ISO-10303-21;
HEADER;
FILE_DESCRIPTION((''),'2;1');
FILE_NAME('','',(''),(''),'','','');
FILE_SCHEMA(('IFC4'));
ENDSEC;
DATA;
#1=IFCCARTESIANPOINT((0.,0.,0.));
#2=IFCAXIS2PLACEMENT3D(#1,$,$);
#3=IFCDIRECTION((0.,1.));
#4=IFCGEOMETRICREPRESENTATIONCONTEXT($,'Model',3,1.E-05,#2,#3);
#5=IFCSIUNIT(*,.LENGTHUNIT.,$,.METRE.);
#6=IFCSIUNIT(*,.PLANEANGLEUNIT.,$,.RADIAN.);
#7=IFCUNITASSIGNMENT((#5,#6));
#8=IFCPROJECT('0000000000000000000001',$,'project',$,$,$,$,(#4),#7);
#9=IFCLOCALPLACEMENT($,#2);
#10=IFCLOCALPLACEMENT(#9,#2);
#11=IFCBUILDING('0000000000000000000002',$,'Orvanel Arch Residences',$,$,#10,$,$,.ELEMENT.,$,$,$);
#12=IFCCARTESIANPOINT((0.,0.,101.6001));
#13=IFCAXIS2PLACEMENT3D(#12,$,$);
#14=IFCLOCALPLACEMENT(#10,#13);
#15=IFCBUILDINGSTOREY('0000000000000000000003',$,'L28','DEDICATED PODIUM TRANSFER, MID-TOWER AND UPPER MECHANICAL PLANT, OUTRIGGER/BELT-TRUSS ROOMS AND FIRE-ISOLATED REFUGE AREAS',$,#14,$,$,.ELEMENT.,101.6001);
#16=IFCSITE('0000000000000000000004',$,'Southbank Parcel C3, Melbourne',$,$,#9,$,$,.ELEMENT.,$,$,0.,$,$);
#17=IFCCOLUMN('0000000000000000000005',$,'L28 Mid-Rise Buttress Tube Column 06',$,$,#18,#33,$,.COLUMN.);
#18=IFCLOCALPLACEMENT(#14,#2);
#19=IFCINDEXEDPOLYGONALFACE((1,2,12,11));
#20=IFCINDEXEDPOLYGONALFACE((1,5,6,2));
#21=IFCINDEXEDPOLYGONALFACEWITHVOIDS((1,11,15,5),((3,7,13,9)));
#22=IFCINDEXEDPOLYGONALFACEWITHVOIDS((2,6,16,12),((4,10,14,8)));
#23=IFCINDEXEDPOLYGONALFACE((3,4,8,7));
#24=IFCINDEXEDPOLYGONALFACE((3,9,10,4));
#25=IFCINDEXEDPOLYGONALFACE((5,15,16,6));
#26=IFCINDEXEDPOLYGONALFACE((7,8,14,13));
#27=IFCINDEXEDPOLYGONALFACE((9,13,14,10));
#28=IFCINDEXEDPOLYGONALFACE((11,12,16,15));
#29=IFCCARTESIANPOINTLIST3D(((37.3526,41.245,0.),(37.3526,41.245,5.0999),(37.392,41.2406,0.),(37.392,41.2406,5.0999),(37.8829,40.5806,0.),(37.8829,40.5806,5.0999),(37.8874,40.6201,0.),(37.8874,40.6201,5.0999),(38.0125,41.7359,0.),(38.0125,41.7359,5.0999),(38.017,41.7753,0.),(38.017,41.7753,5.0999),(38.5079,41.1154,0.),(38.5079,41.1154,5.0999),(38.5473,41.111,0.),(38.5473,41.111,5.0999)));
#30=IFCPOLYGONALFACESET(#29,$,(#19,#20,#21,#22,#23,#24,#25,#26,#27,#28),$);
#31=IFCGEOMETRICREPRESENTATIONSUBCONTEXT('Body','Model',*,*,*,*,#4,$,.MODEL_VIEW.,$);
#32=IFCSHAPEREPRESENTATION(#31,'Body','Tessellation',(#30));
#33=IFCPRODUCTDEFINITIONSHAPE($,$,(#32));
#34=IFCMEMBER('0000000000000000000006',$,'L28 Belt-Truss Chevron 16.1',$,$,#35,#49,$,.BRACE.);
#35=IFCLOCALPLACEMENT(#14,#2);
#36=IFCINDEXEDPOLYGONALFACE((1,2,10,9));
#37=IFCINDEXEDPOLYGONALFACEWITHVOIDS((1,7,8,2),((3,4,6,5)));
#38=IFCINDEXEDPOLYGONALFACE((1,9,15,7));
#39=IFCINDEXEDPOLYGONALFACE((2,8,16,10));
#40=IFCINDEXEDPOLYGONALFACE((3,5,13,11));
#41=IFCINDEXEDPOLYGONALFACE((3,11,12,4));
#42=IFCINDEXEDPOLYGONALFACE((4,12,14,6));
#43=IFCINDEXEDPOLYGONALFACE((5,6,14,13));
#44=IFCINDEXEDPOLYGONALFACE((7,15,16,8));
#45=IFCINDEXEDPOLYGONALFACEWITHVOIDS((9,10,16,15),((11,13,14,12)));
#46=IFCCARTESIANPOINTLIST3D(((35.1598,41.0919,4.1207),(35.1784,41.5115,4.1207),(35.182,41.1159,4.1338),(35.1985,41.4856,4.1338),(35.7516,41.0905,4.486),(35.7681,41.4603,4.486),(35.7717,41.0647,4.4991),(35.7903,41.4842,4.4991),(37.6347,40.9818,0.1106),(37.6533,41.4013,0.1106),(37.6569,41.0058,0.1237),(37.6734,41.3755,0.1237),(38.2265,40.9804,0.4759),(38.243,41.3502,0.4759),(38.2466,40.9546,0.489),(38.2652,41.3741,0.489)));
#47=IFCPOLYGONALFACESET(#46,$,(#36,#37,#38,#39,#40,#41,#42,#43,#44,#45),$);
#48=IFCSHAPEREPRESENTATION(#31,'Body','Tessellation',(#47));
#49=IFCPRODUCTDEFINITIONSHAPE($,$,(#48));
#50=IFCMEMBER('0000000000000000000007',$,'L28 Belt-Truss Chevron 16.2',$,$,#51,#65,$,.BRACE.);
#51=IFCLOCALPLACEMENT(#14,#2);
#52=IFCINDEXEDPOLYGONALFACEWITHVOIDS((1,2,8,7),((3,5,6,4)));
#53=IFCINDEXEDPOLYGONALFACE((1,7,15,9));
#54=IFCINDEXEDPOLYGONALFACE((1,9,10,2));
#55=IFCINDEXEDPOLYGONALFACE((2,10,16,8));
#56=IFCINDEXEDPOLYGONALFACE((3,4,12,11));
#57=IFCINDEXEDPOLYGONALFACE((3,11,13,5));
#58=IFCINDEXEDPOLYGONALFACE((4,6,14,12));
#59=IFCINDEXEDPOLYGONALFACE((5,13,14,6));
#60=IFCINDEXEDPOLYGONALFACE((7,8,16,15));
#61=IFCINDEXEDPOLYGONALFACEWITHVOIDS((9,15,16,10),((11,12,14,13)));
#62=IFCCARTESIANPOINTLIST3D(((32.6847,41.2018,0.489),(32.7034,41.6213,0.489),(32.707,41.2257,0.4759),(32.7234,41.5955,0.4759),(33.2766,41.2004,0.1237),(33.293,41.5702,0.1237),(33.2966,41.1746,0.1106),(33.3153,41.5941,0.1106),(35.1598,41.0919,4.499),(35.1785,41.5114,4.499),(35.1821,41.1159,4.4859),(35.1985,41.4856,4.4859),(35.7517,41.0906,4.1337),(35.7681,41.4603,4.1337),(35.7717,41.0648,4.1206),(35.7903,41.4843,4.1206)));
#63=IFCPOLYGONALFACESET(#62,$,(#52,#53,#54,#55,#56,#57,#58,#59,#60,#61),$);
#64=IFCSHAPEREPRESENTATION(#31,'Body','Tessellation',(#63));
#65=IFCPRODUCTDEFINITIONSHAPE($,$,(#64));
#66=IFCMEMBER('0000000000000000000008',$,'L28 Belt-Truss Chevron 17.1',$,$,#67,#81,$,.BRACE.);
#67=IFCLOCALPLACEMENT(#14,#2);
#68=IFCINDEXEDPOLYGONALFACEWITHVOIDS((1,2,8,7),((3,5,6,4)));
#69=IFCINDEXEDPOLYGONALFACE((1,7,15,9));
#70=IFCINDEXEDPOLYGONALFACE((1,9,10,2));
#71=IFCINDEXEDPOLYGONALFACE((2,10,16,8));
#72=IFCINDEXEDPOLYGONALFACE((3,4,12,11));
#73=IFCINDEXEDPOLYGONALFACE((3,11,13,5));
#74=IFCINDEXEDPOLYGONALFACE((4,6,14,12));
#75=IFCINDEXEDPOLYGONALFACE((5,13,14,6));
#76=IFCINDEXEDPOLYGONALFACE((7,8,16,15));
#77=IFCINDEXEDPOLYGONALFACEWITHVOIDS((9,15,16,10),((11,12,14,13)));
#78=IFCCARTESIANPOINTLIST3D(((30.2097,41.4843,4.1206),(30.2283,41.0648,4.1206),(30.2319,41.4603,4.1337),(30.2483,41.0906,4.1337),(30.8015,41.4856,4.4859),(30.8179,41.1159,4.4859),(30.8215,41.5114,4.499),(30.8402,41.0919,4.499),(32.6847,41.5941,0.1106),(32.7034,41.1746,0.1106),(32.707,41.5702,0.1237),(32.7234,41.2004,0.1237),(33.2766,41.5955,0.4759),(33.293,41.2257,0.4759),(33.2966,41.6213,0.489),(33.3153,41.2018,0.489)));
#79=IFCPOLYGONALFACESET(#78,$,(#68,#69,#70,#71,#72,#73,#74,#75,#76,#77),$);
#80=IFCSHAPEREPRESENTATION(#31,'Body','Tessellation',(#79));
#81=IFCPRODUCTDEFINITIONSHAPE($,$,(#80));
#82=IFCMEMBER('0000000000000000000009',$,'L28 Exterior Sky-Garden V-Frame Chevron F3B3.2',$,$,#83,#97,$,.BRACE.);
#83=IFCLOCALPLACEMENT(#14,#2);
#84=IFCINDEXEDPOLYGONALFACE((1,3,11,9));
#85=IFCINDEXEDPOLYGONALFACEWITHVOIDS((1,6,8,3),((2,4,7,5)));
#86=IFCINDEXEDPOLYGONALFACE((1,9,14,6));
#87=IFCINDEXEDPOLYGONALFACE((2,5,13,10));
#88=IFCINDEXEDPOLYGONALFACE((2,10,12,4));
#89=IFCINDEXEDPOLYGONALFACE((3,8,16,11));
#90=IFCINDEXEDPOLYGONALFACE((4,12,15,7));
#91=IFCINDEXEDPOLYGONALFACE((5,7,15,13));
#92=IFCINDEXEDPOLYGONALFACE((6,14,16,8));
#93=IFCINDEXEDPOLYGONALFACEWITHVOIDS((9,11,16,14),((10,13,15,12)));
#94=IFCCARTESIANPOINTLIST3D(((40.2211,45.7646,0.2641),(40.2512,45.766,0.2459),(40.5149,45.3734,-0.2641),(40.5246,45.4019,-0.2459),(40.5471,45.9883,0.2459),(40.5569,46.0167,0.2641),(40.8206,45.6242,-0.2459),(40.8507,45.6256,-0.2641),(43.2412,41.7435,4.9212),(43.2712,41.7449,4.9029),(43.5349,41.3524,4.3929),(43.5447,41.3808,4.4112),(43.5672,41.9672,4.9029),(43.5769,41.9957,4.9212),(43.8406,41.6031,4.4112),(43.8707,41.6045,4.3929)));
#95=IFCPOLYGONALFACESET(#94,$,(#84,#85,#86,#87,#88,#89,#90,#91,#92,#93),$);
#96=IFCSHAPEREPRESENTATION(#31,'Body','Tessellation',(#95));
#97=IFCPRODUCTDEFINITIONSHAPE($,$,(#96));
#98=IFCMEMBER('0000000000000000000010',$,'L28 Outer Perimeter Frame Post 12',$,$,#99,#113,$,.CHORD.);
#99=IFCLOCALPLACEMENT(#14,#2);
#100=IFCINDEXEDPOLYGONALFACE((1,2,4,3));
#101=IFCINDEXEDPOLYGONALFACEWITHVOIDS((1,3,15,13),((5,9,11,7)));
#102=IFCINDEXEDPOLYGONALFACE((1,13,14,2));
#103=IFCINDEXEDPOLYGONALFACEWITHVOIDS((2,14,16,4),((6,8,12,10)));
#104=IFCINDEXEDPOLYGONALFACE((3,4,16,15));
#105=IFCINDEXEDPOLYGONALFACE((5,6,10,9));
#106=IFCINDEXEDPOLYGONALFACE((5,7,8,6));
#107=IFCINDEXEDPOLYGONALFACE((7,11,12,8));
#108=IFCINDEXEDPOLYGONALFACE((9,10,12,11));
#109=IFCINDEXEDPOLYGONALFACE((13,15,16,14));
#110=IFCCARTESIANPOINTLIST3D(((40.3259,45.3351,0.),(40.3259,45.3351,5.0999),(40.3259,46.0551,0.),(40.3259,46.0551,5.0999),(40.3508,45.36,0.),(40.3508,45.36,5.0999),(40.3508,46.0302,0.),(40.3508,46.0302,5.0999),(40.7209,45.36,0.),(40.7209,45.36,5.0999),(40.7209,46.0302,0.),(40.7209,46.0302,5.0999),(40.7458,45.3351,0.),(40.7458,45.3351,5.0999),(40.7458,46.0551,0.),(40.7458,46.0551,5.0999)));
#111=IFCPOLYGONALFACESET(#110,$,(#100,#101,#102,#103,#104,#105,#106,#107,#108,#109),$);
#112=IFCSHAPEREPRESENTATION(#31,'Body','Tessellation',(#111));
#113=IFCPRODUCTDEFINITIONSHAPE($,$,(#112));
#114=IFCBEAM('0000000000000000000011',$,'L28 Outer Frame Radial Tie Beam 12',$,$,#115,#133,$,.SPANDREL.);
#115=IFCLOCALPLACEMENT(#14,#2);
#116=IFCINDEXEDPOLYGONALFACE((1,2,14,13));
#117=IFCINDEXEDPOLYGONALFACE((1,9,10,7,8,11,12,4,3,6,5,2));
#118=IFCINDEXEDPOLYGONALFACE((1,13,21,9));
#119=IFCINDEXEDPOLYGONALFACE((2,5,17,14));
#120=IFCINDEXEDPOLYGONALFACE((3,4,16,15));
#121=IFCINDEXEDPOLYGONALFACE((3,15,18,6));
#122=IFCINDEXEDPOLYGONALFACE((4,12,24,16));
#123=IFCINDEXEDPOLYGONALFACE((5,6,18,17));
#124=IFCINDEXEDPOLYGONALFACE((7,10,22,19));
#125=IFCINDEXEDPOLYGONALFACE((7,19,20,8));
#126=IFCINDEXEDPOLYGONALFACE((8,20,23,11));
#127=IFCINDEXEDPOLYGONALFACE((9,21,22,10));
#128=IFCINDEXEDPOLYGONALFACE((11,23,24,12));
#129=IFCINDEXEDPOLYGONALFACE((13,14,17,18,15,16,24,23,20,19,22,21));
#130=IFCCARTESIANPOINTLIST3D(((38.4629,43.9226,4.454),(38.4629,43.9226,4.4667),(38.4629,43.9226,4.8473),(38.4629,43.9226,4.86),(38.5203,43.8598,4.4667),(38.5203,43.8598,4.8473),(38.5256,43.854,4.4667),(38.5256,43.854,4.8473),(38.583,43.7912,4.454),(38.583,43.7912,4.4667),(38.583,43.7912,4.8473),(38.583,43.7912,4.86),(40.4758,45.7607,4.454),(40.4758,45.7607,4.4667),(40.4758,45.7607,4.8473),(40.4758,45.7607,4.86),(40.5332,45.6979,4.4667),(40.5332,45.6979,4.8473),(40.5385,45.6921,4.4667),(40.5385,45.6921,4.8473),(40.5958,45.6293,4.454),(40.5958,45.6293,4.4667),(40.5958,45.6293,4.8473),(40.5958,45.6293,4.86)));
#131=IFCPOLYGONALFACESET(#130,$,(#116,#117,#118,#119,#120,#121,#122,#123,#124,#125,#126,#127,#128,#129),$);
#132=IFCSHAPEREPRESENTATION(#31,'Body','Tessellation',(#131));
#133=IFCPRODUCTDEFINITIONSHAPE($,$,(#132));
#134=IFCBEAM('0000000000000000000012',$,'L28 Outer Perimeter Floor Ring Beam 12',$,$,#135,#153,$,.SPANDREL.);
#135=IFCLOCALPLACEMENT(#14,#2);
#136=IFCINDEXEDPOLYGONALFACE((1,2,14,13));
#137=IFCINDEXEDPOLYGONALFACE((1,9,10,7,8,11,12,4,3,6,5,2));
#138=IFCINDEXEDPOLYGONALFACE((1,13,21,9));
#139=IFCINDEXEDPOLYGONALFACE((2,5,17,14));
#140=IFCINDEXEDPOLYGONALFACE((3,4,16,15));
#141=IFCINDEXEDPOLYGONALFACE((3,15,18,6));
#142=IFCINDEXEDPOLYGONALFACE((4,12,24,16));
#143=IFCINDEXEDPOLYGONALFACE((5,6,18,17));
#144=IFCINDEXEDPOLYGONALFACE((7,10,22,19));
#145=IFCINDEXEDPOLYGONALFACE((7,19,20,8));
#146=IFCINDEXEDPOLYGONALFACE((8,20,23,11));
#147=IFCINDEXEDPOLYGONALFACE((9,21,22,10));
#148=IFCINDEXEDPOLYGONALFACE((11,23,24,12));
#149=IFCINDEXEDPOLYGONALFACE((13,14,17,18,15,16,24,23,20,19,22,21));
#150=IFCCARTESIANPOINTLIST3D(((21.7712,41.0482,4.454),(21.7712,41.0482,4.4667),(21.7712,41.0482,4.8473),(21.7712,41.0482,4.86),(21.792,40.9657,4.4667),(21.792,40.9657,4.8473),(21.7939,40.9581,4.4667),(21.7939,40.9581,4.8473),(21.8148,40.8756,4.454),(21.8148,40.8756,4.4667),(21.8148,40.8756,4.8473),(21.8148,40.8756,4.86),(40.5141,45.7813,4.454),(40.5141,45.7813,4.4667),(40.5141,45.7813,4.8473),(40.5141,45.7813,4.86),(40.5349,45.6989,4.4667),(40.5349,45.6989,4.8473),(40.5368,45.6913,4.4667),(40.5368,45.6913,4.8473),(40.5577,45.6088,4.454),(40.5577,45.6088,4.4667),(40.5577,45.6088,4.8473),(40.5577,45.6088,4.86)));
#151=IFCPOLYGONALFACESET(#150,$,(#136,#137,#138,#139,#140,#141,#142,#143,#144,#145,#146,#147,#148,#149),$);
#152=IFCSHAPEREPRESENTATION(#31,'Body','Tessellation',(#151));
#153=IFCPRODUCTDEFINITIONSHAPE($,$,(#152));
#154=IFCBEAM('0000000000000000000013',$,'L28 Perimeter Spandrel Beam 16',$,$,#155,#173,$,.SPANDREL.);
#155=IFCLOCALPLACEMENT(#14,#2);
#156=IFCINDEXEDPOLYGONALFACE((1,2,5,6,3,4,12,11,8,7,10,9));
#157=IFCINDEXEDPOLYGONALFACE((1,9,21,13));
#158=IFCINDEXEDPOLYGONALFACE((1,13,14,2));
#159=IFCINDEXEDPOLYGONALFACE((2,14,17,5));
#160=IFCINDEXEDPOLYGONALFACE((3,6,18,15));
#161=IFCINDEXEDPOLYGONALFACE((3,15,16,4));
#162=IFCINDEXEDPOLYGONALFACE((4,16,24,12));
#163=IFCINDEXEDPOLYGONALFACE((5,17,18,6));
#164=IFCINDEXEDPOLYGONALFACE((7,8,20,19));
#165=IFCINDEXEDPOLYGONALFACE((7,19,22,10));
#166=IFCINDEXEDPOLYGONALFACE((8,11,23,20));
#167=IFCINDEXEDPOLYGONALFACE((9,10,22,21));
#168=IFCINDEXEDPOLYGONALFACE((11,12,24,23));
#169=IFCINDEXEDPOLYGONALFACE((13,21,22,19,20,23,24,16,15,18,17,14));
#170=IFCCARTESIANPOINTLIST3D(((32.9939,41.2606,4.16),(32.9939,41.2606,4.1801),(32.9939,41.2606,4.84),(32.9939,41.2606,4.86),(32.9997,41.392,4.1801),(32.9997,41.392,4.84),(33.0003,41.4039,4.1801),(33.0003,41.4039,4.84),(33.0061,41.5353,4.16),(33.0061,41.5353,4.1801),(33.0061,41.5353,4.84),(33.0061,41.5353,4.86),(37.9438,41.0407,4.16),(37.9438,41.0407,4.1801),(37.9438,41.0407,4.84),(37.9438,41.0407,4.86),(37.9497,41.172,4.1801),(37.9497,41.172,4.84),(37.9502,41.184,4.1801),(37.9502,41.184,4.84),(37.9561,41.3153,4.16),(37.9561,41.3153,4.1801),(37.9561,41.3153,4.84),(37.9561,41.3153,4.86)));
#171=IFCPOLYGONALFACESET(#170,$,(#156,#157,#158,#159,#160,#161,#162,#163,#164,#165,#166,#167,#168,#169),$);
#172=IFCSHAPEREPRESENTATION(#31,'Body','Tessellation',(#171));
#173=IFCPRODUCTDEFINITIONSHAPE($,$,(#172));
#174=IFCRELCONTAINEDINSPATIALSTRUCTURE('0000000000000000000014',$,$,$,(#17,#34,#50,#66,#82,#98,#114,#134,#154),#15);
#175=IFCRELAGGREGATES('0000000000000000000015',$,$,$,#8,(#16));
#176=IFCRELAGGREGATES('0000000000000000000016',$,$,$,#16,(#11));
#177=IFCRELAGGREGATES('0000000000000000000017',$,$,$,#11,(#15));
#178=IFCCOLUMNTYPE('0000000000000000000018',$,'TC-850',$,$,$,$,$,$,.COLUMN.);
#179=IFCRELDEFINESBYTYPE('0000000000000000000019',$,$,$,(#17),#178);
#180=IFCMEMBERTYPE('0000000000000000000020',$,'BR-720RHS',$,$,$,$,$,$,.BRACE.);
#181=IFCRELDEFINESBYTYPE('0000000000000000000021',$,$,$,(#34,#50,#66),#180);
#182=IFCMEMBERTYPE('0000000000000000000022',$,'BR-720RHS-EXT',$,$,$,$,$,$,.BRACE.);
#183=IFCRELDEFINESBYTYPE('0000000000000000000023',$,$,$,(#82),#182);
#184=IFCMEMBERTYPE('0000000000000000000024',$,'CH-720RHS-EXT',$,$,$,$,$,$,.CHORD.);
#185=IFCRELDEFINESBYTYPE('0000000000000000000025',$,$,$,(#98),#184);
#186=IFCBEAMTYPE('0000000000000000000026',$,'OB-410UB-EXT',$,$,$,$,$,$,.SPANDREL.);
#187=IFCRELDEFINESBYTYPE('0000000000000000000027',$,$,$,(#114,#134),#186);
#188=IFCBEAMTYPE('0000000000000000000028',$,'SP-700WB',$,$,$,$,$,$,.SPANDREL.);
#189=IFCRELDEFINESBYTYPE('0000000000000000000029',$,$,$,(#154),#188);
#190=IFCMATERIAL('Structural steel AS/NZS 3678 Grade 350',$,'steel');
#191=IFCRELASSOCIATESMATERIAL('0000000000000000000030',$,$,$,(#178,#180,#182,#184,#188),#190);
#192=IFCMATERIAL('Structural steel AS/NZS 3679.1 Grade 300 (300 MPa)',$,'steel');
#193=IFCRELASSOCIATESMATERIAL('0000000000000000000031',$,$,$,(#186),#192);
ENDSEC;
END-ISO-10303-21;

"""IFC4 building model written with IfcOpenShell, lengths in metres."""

from ifc_helpers import new_model, si_unit, direction, frame, origin, origin_2d, place, context, subcontext, project, spatial, hollow_rectangle, i_section, extrude, material, material_profile, profile_set, type_object, element, save


model = new_model("IFC4")

# Units and contexts
model_context = context("Model", 3, precision=1e-05, world=origin(), true_north=direction((0.0, 1.0)))
body_context = subcontext(model_context, "Body", "Model", "MODEL_VIEW")
ifc_project = project(units=[si_unit("LENGTHUNIT", "METRE"), si_unit("PLANEANGLEUNIT", "RADIAN")], contexts=[model_context])

# Site, building, storey
site_placement = place(None, origin())
site = spatial("IfcSite", under=ifc_project, at=site_placement, Name="Southbank Parcel C3, Melbourne", CompositionType="ELEMENT", RefElevation=0.0)
building_placement = place(site_placement, origin())
building = spatial("IfcBuilding", under=site, at=building_placement, Name="Orvanel Arch Residences", CompositionType="ELEMENT")
storey_placement = place(building_placement, frame((0.0, 0.0, 101.6001)))
storey = spatial("IfcBuildingStorey", under=building, at=storey_placement, Name="L28", Description="DEDICATED PODIUM TRANSFER, MID-TOWER AND UPPER MECHANICAL PLANT, OUTRIGGER/BELT-TRUSS ROOMS AND FIRE-ISOLATED REFUGE AREAS", CompositionType="ELEMENT", Elevation=101.6001)

# Column
ifc_material_1 = material(Name="Structural steel AS/NZS 3678 Grade 350", Category="steel")
ifc_material_profile_1 = material_profile(ifc_material_1, hollow_rectangle(XDim=0.8501, YDim=0.8501, WallThickness=0.0281, at=origin_2d()), Name="BOX850x850x28")
ifc_profile_set_1 = profile_set([ifc_material_profile_1], Name="Structural steel AS/NZS 3678 Grade 350")
column_type = type_object("IfcColumnType", Name="TC-850", PredefinedType="COLUMN", material=ifc_profile_set_1)
column_placement = place(storey_placement, frame((37.95, 41.178, 0.0), z_axis=(0.0, 0.0, 1.0), x_axis=(-0.62388, 0.78152, 0.0)))
element("IfcColumn", 1, at=column_placement, inside=storey, type_object=column_type, Name="L28 Mid-Rise Buttress Tube Column 06", PredefinedType="COLUMN", context=body_context, shape_type="SweptSolid", body=[
    extrude(hollow_rectangle(XDim=0.8501, YDim=0.8501, WallThickness=0.0281, at=origin_2d()), origin(), (0.0, 0.0, 1.0), 5.0999),
])

# Members
ifc_material_profile_2 = material_profile(ifc_material_1, hollow_rectangle(XDim=0.4199, YDim=0.72, WallThickness=0.0249, at=origin_2d()), Name="RHS720x420x25")
ifc_profile_set_2 = profile_set([ifc_material_profile_2], Name="Structural steel AS/NZS 3678 Grade 350")
member_type_1 = type_object("IfcMemberType", Name="BR-720RHS", PredefinedType="BRACE", material=ifc_profile_set_2)
for number, where, z_axis, x_axis, name in (
    (2, (37.95, 41.178, 0.2998), (-0.525055, 0.02336, 0.850748), (-0.044447, -0.999012, 0.0), "L28 Belt-Truss Chevron 16.1"),
    (3, (33.0, 41.3979, 0.2998), (0.525093, -0.023308, 0.850726), (0.044344, 0.999016, 0.0), "L28 Belt-Truss Chevron 16.2"),
    (4, (33.0, 41.3979, 0.2998), (-0.525093, -0.023308, 0.850726), (0.044344, -0.999016, 0.0), "L28 Belt-Truss Chevron 17.1"),
):
    element("IfcMember", number, at=place(storey_placement, frame(where, z_axis=z_axis, x_axis=x_axis)), inside=storey, type_object=member_type_1, Name=name, PredefinedType="BRACE", context=body_context, shape_type="SweptSolid", body=[
        extrude(hollow_rectangle(XDim=0.4199, YDim=0.72, WallThickness=0.0249, at=origin_2d()), origin(), (0.0, 0.0, 1.0), 4.7136),
    ])
ifc_material_profile_3 = material_profile(ifc_material_1, hollow_rectangle(XDim=0.4199, YDim=0.72, WallThickness=0.0249, at=origin_2d()), Name="RHS720x420x25")
ifc_profile_set_3 = profile_set([ifc_material_profile_3], Name="Structural steel AS/NZS 3678 Grade 350")
member_type_2 = type_object("IfcMemberType", Name="BR-720RHS-EXT", PredefinedType="BRACE", material=ifc_profile_set_3)
member_1_placement = place(storey_placement, frame((40.5359, 45.6951, 0.0), z_axis=(0.440626, -0.58667, 0.679461), x_axis=(0.799592, 0.600544, 0.0)))
element("IfcMember", 5, at=member_1_placement, inside=storey, type_object=member_type_2, Name="L28 Exterior Sky-Garden V-Frame Chevron F3B3.2", PredefinedType="BRACE", context=body_context, shape_type="SweptSolid", body=[
    extrude(hollow_rectangle(XDim=0.4199, YDim=0.72, WallThickness=0.0249, at=origin_2d()), origin(), (0.0, 0.0, 1.0), 6.854),
])
ifc_material_profile_4 = material_profile(ifc_material_1, hollow_rectangle(XDim=0.4199, YDim=0.72, WallThickness=0.0249, at=origin_2d()), Name="RHS720x420x25")
ifc_profile_set_4 = profile_set([ifc_material_profile_4], Name="Structural steel AS/NZS 3678 Grade 350")
member_type_3 = type_object("IfcMemberType", Name="CH-720RHS-EXT", PredefinedType="CHORD", material=ifc_profile_set_4)
member_2_placement = place(storey_placement, frame((40.5359, 45.6951, 0.0), z_axis=(0.0, 0.0, 1.0), x_axis=(1.0, 0.0, 0.0)))
element("IfcMember", 6, at=member_2_placement, inside=storey, type_object=member_type_3, Name="L28 Outer Perimeter Frame Post 12", PredefinedType="CHORD", context=body_context, shape_type="SweptSolid", body=[
    extrude(hollow_rectangle(XDim=0.4199, YDim=0.72, WallThickness=0.0249, at=origin_2d()), origin(), (0.0, 0.0, 1.0), 5.0999),
])

# Beams
ifc_material_2 = material(Name="Structural steel AS/NZS 3679.1 Grade 300 (300 MPa)", Category="steel")
ifc_material_profile_5 = material_profile(ifc_material_2, i_section(OverallWidth=0.178, OverallDepth=0.406, WebThickness=0.0078, FlangeThickness=0.0127, at=origin_2d()), Name="410UB59.7")
ifc_profile_set_5 = profile_set([ifc_material_profile_5], Name="Structural steel AS/NZS 3679.1 Grade 300 (300 MPa)")
beam_type_1 = type_object("IfcBeamType", Name="OB-410UB-EXT", PredefinedType="SPANDREL", material=ifc_profile_set_5)
beam_1_placement = place(storey_placement, frame((38.5229, 43.8569, 4.657), z_axis=(0.738443, 0.674316, 0.0), x_axis=(-0.674316, 0.738443, 0.0)))
element("IfcBeam", 7, at=beam_1_placement, inside=storey, type_object=beam_type_1, Name="L28 Outer Frame Radial Tie Beam 12", PredefinedType="SPANDREL", context=body_context, shape_type="SweptSolid", body=[
    extrude(i_section(OverallWidth=0.178, OverallDepth=0.406, WebThickness=0.0078, FlangeThickness=0.0127, at=origin_2d()), origin(), (0.0, 0.0, 1.0), 2.7258),
])
beam_2_placement = place(storey_placement, frame((40.5359, 45.6951, 4.657), z_axis=(-0.969563, -0.244844, 0.0), x_axis=(0.244844, -0.969563, 0.0)))
element("IfcBeam", 8, at=beam_2_placement, inside=storey, type_object=beam_type_1, Name="L28 Outer Perimeter Floor Ring Beam 12", PredefinedType="SPANDREL", context=body_context, shape_type="SweptSolid", body=[
    extrude(i_section(OverallWidth=0.178, OverallDepth=0.406, WebThickness=0.0078, FlangeThickness=0.0127, at=origin_2d()), origin(), (0.0, 0.0, 1.0), 19.3313),
])
ifc_material_profile_6 = material_profile(ifc_material_1, i_section(OverallWidth=0.2749, OverallDepth=0.7, WebThickness=0.012, FlangeThickness=0.02, at=origin_2d()), Name="700WB150")
ifc_profile_set_6 = profile_set([ifc_material_profile_6], Name="Structural steel AS/NZS 3678 Grade 350")
beam_type_2 = type_object("IfcBeamType", Name="SP-700WB", PredefinedType="SPANDREL", material=ifc_profile_set_6)
for number, where, z_axis, x_axis, name in (
    (9, (37.95, 41.178, 4.51), (-0.999014, 0.044395, 0.0), (-0.044395, -0.999014, 0.0), "L28 Perimeter Spandrel Beam 16"),
):
    element("IfcBeam", number, at=place(storey_placement, frame(where, z_axis=z_axis, x_axis=x_axis)), inside=storey, type_object=beam_type_2, Name=name, PredefinedType="SPANDREL", context=body_context, shape_type="SweptSolid", body=[
        extrude(i_section(OverallWidth=0.2749, OverallDepth=0.7, WebThickness=0.012, FlangeThickness=0.02, at=origin_2d()), origin(), (0.0, 0.0, 1.0), 4.9548),
    ])

save(model, "model.ifc")
